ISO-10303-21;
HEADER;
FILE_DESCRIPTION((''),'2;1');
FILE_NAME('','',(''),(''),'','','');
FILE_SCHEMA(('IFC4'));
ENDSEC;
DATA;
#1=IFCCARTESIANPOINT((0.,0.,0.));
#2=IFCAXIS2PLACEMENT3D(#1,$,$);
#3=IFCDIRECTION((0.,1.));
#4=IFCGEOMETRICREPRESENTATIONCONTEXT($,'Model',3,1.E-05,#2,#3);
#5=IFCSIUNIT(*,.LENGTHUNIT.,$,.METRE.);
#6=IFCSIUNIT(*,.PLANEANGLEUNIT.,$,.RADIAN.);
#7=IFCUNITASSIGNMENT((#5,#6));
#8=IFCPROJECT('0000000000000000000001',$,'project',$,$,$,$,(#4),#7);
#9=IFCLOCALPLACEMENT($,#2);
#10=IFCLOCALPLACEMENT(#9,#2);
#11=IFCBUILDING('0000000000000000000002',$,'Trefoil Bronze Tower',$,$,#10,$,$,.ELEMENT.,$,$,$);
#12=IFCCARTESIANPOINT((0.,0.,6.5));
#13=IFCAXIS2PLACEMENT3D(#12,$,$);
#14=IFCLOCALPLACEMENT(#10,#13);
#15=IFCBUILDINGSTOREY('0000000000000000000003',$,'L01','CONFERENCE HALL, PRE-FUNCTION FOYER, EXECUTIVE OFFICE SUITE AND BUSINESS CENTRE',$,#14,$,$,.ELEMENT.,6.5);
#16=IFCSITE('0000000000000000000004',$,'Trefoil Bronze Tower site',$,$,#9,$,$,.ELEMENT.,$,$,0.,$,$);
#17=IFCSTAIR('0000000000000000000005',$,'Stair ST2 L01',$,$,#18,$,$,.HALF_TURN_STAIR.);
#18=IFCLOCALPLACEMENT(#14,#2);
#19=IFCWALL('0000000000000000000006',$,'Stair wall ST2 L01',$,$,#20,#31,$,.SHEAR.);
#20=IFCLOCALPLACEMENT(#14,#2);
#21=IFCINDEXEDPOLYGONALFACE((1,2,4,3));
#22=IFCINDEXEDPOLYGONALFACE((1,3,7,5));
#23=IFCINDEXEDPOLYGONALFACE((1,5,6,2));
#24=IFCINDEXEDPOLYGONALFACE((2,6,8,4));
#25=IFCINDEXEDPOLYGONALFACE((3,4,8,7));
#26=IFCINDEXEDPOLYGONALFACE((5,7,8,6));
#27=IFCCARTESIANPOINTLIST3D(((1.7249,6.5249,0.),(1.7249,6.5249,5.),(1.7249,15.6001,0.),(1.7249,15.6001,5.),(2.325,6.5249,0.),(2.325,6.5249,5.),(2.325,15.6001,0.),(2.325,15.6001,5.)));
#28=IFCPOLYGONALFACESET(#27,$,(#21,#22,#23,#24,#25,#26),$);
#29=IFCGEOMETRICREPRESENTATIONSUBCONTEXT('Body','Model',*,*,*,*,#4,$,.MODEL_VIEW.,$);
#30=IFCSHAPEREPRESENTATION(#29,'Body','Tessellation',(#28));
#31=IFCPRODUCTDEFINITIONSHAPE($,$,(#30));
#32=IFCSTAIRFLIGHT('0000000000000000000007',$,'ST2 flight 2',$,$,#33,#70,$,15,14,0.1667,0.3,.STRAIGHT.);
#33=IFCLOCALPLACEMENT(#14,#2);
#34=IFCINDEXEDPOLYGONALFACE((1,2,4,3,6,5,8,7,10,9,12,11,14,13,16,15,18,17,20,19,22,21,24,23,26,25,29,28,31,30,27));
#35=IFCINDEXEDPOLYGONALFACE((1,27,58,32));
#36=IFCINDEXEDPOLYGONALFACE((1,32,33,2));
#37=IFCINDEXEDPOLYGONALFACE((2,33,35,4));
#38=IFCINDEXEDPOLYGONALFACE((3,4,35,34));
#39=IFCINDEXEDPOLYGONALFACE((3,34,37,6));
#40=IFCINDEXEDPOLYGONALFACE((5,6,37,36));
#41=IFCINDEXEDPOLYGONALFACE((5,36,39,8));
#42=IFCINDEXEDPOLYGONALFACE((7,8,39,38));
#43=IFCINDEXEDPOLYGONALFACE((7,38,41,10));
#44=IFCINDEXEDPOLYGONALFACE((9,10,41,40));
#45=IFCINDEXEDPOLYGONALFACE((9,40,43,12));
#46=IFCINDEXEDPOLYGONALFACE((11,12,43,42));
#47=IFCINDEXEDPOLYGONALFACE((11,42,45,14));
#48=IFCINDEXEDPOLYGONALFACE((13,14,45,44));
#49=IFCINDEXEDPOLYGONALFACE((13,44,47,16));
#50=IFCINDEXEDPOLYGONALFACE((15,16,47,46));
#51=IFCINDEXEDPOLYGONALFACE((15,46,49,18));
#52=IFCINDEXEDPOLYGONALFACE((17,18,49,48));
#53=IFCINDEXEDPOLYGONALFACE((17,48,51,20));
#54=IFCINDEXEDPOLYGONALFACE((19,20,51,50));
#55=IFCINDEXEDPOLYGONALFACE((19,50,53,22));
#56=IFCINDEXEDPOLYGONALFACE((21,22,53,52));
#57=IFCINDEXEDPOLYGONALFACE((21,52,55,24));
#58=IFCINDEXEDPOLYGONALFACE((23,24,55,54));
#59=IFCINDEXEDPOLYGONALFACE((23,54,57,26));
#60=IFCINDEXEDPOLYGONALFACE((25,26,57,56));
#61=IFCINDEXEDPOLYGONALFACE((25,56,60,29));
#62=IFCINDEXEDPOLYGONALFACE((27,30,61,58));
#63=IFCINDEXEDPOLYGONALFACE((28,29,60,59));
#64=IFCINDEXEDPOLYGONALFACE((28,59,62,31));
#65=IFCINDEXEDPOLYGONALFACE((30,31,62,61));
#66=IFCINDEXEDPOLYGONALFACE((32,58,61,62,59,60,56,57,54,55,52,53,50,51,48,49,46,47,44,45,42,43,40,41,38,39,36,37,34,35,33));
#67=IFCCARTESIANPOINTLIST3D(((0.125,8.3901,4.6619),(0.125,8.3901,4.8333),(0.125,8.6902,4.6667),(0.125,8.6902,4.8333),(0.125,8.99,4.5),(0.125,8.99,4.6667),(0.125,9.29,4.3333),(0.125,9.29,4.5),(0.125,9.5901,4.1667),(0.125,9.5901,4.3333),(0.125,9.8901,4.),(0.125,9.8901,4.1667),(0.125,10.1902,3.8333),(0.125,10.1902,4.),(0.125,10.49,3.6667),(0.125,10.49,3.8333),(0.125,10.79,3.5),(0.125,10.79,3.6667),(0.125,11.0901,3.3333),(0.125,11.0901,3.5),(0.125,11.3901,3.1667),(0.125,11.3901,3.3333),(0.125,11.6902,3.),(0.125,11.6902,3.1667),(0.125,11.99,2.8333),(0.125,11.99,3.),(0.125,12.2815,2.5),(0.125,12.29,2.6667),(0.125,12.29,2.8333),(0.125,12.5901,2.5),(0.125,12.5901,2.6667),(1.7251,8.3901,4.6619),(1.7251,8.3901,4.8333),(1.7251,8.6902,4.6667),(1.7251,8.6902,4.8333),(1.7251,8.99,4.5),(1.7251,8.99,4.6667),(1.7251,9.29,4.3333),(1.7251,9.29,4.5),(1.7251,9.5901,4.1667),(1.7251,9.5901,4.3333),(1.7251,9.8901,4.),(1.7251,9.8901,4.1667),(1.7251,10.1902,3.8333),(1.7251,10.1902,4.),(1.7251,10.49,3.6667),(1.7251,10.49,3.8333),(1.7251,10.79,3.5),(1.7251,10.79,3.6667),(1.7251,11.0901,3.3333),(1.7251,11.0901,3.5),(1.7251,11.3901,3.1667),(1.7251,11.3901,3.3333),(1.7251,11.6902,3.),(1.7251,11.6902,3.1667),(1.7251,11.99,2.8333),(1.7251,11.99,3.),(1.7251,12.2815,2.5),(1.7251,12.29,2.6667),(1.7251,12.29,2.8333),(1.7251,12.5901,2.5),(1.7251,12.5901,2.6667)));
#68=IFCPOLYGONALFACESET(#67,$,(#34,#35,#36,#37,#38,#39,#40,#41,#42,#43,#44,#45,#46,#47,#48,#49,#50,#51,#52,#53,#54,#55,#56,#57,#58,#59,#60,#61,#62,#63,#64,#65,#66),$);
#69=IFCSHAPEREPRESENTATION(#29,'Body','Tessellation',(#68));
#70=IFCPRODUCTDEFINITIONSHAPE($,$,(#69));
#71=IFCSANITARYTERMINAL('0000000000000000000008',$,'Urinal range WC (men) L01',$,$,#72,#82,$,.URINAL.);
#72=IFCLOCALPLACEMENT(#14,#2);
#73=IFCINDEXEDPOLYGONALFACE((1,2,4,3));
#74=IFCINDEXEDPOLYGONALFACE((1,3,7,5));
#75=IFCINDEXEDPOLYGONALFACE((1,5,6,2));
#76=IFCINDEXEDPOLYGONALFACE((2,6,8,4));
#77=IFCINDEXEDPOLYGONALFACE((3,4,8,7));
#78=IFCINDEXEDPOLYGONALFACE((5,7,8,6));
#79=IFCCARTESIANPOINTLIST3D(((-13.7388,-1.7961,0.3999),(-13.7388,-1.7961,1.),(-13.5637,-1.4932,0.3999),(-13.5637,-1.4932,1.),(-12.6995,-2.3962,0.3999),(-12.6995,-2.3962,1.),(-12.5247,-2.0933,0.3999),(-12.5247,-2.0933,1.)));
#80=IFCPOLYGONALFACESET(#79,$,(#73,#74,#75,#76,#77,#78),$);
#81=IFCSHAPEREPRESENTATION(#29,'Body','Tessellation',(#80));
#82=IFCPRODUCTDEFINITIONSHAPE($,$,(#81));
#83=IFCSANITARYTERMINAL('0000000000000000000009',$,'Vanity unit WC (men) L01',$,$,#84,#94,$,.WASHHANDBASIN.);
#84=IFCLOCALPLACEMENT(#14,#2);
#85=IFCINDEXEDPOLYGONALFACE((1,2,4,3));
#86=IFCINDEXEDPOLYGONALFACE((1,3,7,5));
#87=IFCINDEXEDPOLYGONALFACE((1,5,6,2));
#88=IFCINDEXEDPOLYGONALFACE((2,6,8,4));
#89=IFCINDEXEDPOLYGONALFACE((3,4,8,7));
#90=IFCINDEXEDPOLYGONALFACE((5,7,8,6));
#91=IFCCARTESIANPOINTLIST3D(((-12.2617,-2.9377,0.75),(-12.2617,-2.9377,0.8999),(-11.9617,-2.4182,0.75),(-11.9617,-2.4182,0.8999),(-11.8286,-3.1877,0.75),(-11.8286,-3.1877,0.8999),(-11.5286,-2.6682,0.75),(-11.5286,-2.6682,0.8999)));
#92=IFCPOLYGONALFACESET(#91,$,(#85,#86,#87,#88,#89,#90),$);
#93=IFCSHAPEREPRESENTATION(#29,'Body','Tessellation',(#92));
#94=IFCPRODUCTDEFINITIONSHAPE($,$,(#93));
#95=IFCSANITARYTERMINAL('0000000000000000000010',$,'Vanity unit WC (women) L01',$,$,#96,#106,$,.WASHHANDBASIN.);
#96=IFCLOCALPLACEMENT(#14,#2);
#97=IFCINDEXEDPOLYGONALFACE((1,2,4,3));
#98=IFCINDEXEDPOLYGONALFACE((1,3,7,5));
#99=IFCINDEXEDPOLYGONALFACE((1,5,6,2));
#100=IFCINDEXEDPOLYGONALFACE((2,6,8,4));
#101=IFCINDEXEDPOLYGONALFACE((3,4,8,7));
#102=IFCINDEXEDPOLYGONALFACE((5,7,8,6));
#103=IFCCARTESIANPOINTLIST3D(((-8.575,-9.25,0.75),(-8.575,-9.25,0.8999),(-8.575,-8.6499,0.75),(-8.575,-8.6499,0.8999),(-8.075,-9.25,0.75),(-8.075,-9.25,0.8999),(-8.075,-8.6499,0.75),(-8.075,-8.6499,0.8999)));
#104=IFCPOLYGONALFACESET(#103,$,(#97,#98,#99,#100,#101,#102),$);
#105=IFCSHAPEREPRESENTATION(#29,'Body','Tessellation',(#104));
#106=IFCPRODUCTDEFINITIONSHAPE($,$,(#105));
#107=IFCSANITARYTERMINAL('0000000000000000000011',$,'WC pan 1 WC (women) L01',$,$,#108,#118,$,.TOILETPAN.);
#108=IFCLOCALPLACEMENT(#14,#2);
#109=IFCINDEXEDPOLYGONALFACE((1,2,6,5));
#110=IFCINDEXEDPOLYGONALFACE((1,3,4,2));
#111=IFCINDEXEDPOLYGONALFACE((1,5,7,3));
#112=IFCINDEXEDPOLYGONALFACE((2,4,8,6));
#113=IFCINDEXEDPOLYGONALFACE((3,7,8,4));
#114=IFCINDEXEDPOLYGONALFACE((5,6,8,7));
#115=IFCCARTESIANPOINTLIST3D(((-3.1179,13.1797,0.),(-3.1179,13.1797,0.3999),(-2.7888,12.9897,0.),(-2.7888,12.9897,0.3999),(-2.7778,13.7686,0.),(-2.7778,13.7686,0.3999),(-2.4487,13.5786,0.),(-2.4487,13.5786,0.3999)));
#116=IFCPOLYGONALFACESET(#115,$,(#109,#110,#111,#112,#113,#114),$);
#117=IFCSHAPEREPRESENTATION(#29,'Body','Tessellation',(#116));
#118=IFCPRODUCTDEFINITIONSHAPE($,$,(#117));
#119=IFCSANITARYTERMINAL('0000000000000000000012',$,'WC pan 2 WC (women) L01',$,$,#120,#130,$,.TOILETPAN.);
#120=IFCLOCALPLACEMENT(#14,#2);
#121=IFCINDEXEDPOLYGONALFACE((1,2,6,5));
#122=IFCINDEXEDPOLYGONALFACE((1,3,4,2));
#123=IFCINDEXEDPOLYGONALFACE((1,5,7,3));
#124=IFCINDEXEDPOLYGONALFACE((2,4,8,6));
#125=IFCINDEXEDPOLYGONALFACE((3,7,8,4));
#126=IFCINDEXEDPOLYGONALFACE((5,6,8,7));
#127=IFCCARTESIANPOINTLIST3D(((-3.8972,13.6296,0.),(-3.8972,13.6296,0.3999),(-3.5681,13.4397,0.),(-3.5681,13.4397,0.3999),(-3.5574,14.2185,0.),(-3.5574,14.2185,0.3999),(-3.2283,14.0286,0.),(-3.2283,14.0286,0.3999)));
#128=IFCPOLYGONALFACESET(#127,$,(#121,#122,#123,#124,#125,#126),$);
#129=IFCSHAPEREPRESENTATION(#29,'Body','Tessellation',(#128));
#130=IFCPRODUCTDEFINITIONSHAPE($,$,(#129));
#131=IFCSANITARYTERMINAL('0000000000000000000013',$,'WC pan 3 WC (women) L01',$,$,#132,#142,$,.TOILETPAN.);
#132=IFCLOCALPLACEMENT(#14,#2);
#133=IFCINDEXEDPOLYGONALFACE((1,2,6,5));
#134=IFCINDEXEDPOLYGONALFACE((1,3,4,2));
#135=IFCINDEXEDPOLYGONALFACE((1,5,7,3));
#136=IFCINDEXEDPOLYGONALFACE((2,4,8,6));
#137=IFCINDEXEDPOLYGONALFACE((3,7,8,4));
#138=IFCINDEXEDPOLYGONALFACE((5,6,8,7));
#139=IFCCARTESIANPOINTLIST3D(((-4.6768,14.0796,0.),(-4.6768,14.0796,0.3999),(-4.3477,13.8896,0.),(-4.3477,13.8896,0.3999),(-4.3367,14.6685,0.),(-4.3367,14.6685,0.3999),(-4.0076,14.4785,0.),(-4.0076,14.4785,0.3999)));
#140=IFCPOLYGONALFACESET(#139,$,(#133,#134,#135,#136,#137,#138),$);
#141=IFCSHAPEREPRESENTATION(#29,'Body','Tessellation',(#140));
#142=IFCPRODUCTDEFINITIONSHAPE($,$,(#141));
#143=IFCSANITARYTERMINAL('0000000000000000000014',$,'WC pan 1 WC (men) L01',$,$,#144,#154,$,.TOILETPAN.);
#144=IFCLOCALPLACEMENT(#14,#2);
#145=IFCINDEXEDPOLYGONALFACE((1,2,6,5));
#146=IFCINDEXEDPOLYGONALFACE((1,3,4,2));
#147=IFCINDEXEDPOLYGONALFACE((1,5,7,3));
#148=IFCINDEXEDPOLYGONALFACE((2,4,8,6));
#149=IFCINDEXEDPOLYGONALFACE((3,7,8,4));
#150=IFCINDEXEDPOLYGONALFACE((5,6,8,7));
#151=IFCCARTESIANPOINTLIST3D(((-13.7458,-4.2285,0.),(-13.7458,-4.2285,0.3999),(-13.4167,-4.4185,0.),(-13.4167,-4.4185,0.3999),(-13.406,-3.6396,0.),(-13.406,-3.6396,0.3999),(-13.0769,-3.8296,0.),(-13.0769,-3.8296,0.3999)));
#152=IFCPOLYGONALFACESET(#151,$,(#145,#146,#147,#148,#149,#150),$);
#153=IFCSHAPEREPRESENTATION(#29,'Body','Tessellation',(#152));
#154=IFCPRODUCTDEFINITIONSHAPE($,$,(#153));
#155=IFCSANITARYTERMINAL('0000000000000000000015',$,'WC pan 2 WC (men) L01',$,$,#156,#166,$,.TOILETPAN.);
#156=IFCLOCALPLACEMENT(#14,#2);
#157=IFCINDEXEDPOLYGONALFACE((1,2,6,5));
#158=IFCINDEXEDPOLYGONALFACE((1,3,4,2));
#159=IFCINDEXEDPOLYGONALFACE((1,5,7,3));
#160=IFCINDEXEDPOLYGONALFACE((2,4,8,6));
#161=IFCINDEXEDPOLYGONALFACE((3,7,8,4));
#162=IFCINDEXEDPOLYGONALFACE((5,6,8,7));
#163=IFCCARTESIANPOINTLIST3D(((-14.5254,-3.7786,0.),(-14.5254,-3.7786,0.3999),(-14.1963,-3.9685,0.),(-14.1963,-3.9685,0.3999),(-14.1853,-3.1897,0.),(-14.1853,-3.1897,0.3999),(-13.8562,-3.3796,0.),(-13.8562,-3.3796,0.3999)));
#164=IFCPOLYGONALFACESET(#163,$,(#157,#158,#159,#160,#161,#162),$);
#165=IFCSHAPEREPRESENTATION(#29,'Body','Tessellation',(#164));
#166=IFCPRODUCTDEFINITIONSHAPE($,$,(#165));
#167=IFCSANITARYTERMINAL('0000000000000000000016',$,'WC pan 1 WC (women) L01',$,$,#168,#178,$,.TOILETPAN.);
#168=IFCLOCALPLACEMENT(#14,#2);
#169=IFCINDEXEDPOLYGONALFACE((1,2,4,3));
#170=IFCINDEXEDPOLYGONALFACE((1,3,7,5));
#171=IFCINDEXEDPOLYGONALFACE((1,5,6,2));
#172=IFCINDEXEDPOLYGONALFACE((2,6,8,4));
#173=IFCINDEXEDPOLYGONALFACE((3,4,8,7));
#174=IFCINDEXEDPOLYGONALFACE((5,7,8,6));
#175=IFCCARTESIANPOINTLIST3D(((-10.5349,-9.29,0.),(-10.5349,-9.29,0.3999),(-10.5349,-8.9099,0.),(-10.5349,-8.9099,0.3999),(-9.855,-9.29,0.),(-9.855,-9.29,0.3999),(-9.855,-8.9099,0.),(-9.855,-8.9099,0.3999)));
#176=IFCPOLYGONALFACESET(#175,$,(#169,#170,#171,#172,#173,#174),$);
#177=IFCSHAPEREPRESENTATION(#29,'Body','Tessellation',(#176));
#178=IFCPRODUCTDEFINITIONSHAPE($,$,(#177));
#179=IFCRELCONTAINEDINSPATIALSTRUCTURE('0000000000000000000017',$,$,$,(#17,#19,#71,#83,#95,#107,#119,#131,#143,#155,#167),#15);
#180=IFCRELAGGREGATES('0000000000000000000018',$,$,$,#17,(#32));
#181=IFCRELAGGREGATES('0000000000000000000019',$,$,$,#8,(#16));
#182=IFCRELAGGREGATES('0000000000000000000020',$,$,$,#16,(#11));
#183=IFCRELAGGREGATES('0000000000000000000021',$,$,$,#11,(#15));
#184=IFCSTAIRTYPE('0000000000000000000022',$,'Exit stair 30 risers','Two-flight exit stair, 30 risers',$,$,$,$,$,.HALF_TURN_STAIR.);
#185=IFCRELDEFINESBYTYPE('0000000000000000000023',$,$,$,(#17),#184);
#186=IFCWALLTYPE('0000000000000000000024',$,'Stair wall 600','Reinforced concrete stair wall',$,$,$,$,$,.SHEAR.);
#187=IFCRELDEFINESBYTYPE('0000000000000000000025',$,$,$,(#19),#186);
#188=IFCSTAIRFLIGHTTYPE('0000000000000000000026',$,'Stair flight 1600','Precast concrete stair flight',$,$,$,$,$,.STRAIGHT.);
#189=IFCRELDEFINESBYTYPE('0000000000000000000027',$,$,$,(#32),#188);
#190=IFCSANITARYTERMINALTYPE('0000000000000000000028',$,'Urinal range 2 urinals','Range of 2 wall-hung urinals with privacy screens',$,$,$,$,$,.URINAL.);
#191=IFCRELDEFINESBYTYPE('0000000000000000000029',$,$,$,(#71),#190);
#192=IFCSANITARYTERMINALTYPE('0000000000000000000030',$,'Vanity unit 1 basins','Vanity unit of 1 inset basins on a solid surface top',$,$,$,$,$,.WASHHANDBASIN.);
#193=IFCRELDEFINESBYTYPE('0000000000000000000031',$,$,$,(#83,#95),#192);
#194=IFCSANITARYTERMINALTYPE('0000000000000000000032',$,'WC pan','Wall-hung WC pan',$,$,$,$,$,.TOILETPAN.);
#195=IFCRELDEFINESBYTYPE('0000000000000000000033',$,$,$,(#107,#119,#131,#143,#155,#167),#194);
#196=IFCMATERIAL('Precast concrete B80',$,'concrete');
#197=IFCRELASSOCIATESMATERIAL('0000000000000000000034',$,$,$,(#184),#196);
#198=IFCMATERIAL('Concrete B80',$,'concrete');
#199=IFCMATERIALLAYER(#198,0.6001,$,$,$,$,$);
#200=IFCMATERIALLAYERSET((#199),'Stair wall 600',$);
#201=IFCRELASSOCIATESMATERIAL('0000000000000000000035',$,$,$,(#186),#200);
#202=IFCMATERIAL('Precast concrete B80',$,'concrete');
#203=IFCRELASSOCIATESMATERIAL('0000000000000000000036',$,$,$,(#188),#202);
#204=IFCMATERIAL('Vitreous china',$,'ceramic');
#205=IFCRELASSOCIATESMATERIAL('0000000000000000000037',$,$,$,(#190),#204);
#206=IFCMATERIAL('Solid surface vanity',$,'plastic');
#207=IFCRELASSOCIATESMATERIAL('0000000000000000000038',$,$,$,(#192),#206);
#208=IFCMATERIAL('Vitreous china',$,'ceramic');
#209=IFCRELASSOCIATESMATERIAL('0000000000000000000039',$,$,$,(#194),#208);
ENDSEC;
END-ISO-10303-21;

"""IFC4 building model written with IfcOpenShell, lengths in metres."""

from ifc_helpers import new_model, si_unit, direction, frame, frame_2d, origin, place, context, subcontext, project, spatial, polyline, rectangle, outline, extrude, material, layer, layer_set, type_object, element, aggregate, save


model = new_model("IFC4")

# Units and contexts
model_context = context("Model", 3, precision=1e-05, world=origin(), true_north=direction((0.0, 1.0)))
body_context = subcontext(model_context, "Body", "Model", "MODEL_VIEW")
ifc_project = project(units=[si_unit("LENGTHUNIT", "METRE"), si_unit("PLANEANGLEUNIT", "RADIAN")], contexts=[model_context])

# Site, building, storey
site_placement = place(None, origin())
site = spatial("IfcSite", under=ifc_project, at=site_placement, Name="Trefoil Bronze Tower site", CompositionType="ELEMENT", RefElevation=0.0)
building_placement = place(site_placement, origin())
building = spatial("IfcBuilding", under=site, at=building_placement, Name="Trefoil Bronze Tower", CompositionType="ELEMENT")
storey_placement = place(building_placement, frame((0.0, 0.0, 6.5)))
storey = spatial("IfcBuildingStorey", under=building, at=storey_placement, Name="L01", Description="CONFERENCE HALL, PRE-FUNCTION FOYER, EXECUTIVE OFFICE SUITE AND BUSINESS CENTRE", CompositionType="ELEMENT", Elevation=6.5)

# Stair
ifc_material_1 = material(Name="Precast concrete B80", Category="concrete")
stair_type = type_object("IfcStairType", Name="Exit stair 30 risers", Description="Two-flight exit stair, 30 risers", PredefinedType="HALF_TURN_STAIR", material=ifc_material_1)
stair_1_placement = place(storey_placement, origin())
stair_1 = element("IfcStair", 1, at=stair_1_placement, inside=storey, type_object=stair_type, Name="Stair ST2 L01", PredefinedType="HALF_TURN_STAIR")

# Wall
ifc_material_2 = material(Name="Concrete B80", Category="concrete")
ifc_layer_1 = layer(ifc_material_2, 0.6001)
ifc_layer_set_1 = layer_set([ifc_layer_1], Name="Stair wall 600")
wall_type_1 = type_object("IfcWallType", Name="Stair wall 600", Description="Reinforced concrete stair wall", PredefinedType="SHEAR", material=ifc_layer_set_1)
wall_1_placement = place(storey_placement, frame((2.0249, 6.5249, 0.0), z_axis=(0.0, 0.0, 1.0), x_axis=(0.0, 1.0, 0.0)))
element("IfcWall", 2, at=wall_1_placement, inside=storey, type_object=wall_type_1, Name="Stair wall ST2 L01", PredefinedType="SHEAR", context=body_context, shape_type="SweptSolid", body=[
    extrude(rectangle(XDim=9.0752, YDim=0.6001, at=frame_2d((4.5376, 0.0))), origin(), (0.0, 0.0, 1.0), 5.0),
])

# Stair flight
ifc_material_3 = material(Name="Precast concrete B80", Category="concrete")
stair_flight_type = type_object("IfcStairFlightType", Name="Stair flight 1600", Description="Precast concrete stair flight", PredefinedType="STRAIGHT", material=ifc_material_3)
stair_flight_placement = place(storey_placement, frame((0.925, 12.5901, 2.5), z_axis=(0.0, 0.0, 1.0), x_axis=(0.0, -1.0, 0.0)))
stair_flight = element("IfcStairFlight", 3, at=stair_flight_placement, type_object=stair_flight_type, Name="ST2 flight 2", NumberOfRisers=15, NumberOfTreads=14, PredefinedType="STRAIGHT", RiserHeight=0.1667, TreadLength=0.3, context=body_context, shape_type="SweptSolid", body=[
    extrude(outline(polyline([(0.0, 0.0), (0.0, 0.1667), (0.3, 0.1667), (0.3, 0.3333), (0.6001, 0.3333), (0.6001, 0.5), (0.8999, 0.5), (0.8999, 0.6667), (1.2, 0.6667), (1.2, 0.8333), (1.5, 0.8333), (1.5, 1.0), (1.8, 1.0), (1.8, 1.1667), (2.1001, 1.1667), (2.1001, 1.3333), (2.3999, 1.3333), (2.3999, 1.5), (2.7, 1.5), (2.7, 1.6667), (3.0, 1.6667), (3.0, 1.8333), (3.3, 1.8333), (3.3, 2.0), (3.6001, 2.0), (3.6001, 2.1667), (3.8999, 2.1667), (3.8999, 2.3333), (4.2, 2.3333), (4.2, 2.5), (4.2, 2.1619), (0.3086, 0.0), (0.0, 0.0)])), frame((0.0, 0.8, 0.0), z_axis=(0.0, -1.0, 0.0), x_axis=(1.0, 0.0, 0.0)), (0.0, 0.0, 1.0), 1.6001),
])
aggregate(stair_1, [stair_flight])

# Sanitary terminals
ifc_material_4 = material(Name="Vitreous china", Category="ceramic")
sanitary_terminal_type_1 = type_object("IfcSanitaryTerminalType", Name="Urinal range 2 urinals", Description="Range of 2 wall-hung urinals with privacy screens", PredefinedType="URINAL", material=ifc_material_4)
sanitary_terminal_1_placement = place(storey_placement, frame((0.0, 0.0, 0.3999)))
element("IfcSanitaryTerminal", 4, at=sanitary_terminal_1_placement, inside=storey, type_object=sanitary_terminal_type_1, Name="Urinal range WC (men) L01", PredefinedType="URINAL", context=body_context, shape_type="SweptSolid", body=[
    extrude(outline(polyline([(-12.5247, -2.0933), (-12.6995, -2.3962), (-13.7388, -1.7961), (-13.5637, -1.4932), (-12.5247, -2.0933)])), origin(), (0.0, 0.0, 1.0), 0.6001),
])
ifc_material_5 = material(Name="Solid surface vanity", Category="plastic")
sanitary_terminal_type_2 = type_object("IfcSanitaryTerminalType", Name="Vanity unit 1 basins", Description="Vanity unit of 1 inset basins on a solid surface top", PredefinedType="WASHHANDBASIN", material=ifc_material_5)
sanitary_terminal_2_placement = place(storey_placement, frame((0.0, 0.0, 0.75)))
element("IfcSanitaryTerminal", 5, at=sanitary_terminal_2_placement, inside=storey, type_object=sanitary_terminal_type_2, Name="Vanity unit WC (men) L01", PredefinedType="WASHHANDBASIN", context=body_context, shape_type="SweptSolid", body=[
    extrude(outline(polyline([(-11.5286, -2.6682), (-11.8286, -3.1877), (-12.2617, -2.9377), (-11.9617, -2.4182), (-11.5286, -2.6682)])), origin(), (0.0, 0.0, 1.0), 0.1499),
])
sanitary_terminal_3_placement = place(storey_placement, frame((0.0, 0.0, 0.75)))
element("IfcSanitaryTerminal", 6, at=sanitary_terminal_3_placement, inside=storey, type_object=sanitary_terminal_type_2, Name="Vanity unit WC (women) L01", PredefinedType="WASHHANDBASIN", context=body_context, shape_type="SweptSolid", body=[
    extrude(outline(polyline([(-8.075, -8.6499), (-8.575, -8.6499), (-8.575, -9.25), (-8.075, -9.25), (-8.075, -8.6499)])), origin(), (0.0, 0.0, 1.0), 0.1499),
])
ifc_material_6 = material(Name="Vitreous china", Category="ceramic")
sanitary_terminal_type_3 = type_object("IfcSanitaryTerminalType", Name="WC pan", Description="Wall-hung WC pan", PredefinedType="TOILETPAN", material=ifc_material_6)
sanitary_terminal_4_placement = place(storey_placement, origin())
element("IfcSanitaryTerminal", 7, at=sanitary_terminal_4_placement, inside=storey, type_object=sanitary_terminal_type_3, Name="WC pan 1 WC (women) L01", PredefinedType="TOILETPAN", context=body_context, shape_type="SweptSolid", body=[
    extrude(outline(polyline([(-2.7888, 12.9897), (-2.4487, 13.5786), (-2.7778, 13.7686), (-3.1179, 13.1797), (-2.7888, 12.9897)])), origin(), (0.0, 0.0, 1.0), 0.3999),
])
sanitary_terminal_5_placement = place(storey_placement, origin())
element("IfcSanitaryTerminal", 8, at=sanitary_terminal_5_placement, inside=storey, type_object=sanitary_terminal_type_3, Name="WC pan 2 WC (women) L01", PredefinedType="TOILETPAN", context=body_context, shape_type="SweptSolid", body=[
    extrude(outline(polyline([(-3.5681, 13.4397), (-3.2283, 14.0286), (-3.5574, 14.2185), (-3.8972, 13.6296), (-3.5681, 13.4397)])), origin(), (0.0, 0.0, 1.0), 0.3999),
])
sanitary_terminal_6_placement = place(storey_placement, origin())
element("IfcSanitaryTerminal", 9, at=sanitary_terminal_6_placement, inside=storey, type_object=sanitary_terminal_type_3, Name="WC pan 3 WC (women) L01", PredefinedType="TOILETPAN", context=body_context, shape_type="SweptSolid", body=[
    extrude(outline(polyline([(-4.3477, 13.8896), (-4.0076, 14.4785), (-4.3367, 14.6685), (-4.6768, 14.0796), (-4.3477, 13.8896)])), origin(), (0.0, 0.0, 1.0), 0.3999),
])
sanitary_terminal_7_placement = place(storey_placement, origin())
element("IfcSanitaryTerminal", 10, at=sanitary_terminal_7_placement, inside=storey, type_object=sanitary_terminal_type_3, Name="WC pan 1 WC (men) L01", PredefinedType="TOILETPAN", context=body_context, shape_type="SweptSolid", body=[
    extrude(outline(polyline([(-13.0769, -3.8296), (-13.4167, -4.4185), (-13.7458, -4.2285), (-13.406, -3.6396), (-13.0769, -3.8296)])), origin(), (0.0, 0.0, 1.0), 0.3999),
])
sanitary_terminal_8_placement = place(storey_placement, origin())
element("IfcSanitaryTerminal", 11, at=sanitary_terminal_8_placement, inside=storey, type_object=sanitary_terminal_type_3, Name="WC pan 2 WC (men) L01", PredefinedType="TOILETPAN", context=body_context, shape_type="SweptSolid", body=[
    extrude(outline(polyline([(-13.8562, -3.3796), (-14.1963, -3.9685), (-14.5254, -3.7786), (-14.1853, -3.1897), (-13.8562, -3.3796)])), origin(), (0.0, 0.0, 1.0), 0.3999),
])
sanitary_terminal_9_placement = place(storey_placement, origin())
element("IfcSanitaryTerminal", 12, at=sanitary_terminal_9_placement, inside=storey, type_object=sanitary_terminal_type_3, Name="WC pan 1 WC (women) L01", PredefinedType="TOILETPAN", context=body_context, shape_type="SweptSolid", body=[
    extrude(outline(polyline([(-9.855, -8.9099), (-10.5349, -8.9099), (-10.5349, -9.29), (-9.855, -9.29), (-9.855, -8.9099)])), origin(), (0.0, 0.0, 1.0), 0.3999),
])

save(model, "model.ifc")
